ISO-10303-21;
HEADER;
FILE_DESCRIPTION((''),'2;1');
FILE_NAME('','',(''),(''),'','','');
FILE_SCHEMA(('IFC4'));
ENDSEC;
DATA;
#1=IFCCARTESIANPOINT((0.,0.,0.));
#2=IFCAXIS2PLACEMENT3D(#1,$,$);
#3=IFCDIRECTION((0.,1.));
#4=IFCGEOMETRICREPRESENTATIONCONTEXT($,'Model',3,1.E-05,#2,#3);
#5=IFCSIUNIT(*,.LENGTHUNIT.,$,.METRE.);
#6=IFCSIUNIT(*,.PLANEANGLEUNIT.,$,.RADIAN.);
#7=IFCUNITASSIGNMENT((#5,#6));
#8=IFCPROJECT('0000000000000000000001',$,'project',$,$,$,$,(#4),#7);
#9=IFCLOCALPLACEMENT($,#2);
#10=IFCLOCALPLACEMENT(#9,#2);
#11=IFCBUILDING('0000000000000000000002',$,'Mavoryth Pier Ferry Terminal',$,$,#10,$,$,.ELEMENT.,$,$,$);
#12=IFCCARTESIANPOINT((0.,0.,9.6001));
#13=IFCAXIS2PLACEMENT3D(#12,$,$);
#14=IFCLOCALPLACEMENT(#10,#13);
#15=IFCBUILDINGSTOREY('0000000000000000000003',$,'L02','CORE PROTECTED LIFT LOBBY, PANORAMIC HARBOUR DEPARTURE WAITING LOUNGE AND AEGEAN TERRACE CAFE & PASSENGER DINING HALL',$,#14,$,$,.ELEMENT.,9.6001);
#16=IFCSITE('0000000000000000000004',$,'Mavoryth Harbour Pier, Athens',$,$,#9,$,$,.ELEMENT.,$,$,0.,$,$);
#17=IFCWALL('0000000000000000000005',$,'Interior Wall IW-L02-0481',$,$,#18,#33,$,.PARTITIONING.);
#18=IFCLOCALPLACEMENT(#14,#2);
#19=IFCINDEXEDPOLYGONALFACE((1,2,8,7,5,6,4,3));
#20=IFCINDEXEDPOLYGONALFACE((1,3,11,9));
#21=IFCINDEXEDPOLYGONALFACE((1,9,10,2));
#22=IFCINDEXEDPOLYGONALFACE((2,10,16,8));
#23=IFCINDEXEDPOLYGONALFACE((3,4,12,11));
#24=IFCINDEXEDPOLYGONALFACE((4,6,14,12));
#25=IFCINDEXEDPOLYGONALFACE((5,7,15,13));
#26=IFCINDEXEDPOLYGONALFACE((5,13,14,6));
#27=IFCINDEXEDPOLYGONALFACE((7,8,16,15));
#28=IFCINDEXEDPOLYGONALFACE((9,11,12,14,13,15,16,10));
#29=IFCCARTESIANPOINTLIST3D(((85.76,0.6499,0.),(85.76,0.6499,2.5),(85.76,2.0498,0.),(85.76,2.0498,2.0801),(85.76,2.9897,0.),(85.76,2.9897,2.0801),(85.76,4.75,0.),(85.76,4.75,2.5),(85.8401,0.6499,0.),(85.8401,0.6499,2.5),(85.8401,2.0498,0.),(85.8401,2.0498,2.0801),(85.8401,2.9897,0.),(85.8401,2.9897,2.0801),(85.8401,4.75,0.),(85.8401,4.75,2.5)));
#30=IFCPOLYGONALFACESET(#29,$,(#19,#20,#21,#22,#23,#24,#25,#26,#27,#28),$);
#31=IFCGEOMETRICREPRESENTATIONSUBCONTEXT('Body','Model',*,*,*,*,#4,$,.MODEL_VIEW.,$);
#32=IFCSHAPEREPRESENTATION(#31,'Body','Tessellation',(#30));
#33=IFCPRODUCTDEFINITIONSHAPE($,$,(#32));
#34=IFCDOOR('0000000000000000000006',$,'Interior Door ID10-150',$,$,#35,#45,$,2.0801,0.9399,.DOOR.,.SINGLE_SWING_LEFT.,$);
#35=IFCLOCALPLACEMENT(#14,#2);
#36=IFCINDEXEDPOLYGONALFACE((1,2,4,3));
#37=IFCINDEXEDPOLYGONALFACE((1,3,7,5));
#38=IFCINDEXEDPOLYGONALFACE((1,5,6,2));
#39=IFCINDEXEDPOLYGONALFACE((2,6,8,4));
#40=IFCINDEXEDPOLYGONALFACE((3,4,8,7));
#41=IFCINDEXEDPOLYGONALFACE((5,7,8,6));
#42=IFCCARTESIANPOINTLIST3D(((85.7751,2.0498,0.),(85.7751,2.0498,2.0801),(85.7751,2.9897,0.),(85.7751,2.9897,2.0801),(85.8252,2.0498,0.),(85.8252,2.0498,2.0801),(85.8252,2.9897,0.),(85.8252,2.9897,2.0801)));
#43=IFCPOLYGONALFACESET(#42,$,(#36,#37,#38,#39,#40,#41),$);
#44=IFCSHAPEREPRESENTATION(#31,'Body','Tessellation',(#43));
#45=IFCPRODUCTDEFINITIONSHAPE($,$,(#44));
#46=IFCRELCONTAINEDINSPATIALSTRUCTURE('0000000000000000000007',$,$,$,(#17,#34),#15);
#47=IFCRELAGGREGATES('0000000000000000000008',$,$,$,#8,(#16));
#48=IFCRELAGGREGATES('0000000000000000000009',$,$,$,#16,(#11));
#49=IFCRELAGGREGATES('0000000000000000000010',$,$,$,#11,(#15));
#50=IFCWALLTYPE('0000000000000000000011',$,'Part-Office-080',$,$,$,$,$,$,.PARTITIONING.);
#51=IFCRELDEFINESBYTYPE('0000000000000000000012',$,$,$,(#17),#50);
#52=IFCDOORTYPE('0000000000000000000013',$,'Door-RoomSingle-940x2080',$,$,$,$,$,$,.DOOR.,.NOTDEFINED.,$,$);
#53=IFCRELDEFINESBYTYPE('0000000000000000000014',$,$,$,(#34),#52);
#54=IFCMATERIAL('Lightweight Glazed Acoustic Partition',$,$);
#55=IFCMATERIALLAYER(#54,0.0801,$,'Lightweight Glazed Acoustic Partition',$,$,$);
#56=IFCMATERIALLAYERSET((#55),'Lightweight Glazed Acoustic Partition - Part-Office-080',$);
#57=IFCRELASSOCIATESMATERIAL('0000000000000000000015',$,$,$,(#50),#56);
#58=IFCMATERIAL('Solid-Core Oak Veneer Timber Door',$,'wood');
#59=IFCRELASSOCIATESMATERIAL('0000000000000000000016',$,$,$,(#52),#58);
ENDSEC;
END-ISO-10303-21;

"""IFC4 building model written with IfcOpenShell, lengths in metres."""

from ifc_helpers import new_model, si_unit, direction, frame, frame_2d, origin, place, context, subcontext, project, spatial, rectangle, extrude, material, layer, layer_set, type_object, element, fill, save


model = new_model("IFC4")

# Units and contexts
model_context = context("Model", 3, precision=1e-05, world=origin(), true_north=direction((0.0, 1.0)))
body_context = subcontext(model_context, "Body", "Model", "MODEL_VIEW")
ifc_project = project(units=[si_unit("LENGTHUNIT", "METRE"), si_unit("PLANEANGLEUNIT", "RADIAN")], contexts=[model_context])

# Site, building, storey
site_placement = place(None, origin())
site = spatial("IfcSite", under=ifc_project, at=site_placement, Name="Mavoryth Harbour Pier, Athens", CompositionType="ELEMENT", RefElevation=0.0)
building_placement = place(site_placement, origin())
building = spatial("IfcBuilding", under=site, at=building_placement, Name="Mavoryth Pier Ferry Terminal", CompositionType="ELEMENT")
storey_placement = place(building_placement, frame((0.0, 0.0, 9.6001)))
storey = spatial("IfcBuildingStorey", under=building, at=storey_placement, Name="L02", Description="CORE PROTECTED LIFT LOBBY, PANORAMIC HARBOUR DEPARTURE WAITING LOUNGE AND AEGEAN TERRACE CAFE & PASSENGER DINING HALL", CompositionType="ELEMENT", Elevation=9.6001)

# Wall, opening, door
ifc_material_1 = material(Name="Solid-Core Oak Veneer Timber Door", Category="wood")
ifc_material_2 = material(Name="Lightweight Glazed Acoustic Partition")
ifc_layer_1 = layer(ifc_material_2, 0.0801, Name="Lightweight Glazed Acoustic Partition")
ifc_layer_set_1 = layer_set([ifc_layer_1], Name="Lightweight Glazed Acoustic Partition - Part-Office-080")
wall_type_1 = type_object("IfcWallType", Name="Part-Office-080", PredefinedType="PARTITIONING", material=ifc_layer_set_1)
wall_1_placement = place(storey_placement, frame((85.8, 0.6499, 0.0), z_axis=(0.0, 0.0, 1.0), x_axis=(0.0, 1.0, 0.0)))
wall_1 = element("IfcWall", 1, at=wall_1_placement, inside=storey, type_object=wall_type_1, Name="Interior Wall IW-L02-0481", PredefinedType="PARTITIONING", context=body_context, shape_type="SweptSolid", body=[
    extrude(rectangle(XDim=4.1001, YDim=0.0801, at=frame_2d((2.05, 0.0))), origin(), (0.0, 0.0, 1.0), 2.5),
])
opening_1_placement = place(wall_1_placement, frame((1.3999, 0.0, 0.0)))
opening_1 = element("IfcOpeningElement", 2, at=opening_1_placement, cuts=wall_1, PredefinedType="OPENING", context=body_context, shape_type="SweptSolid", body=[
    extrude(rectangle(XDim=0.9399, YDim=2.0801, at=frame_2d((0.47, 1.04))), frame((0.0, 0.05, 0.0), z_axis=(0.0, -1.0, 0.0), x_axis=(1.0, 0.0, 0.0)), (0.0, 0.0, 1.0), 0.1001),
])
door_type_1 = type_object("IfcDoorType", Name="Door-RoomSingle-940x2080", OperationType="NOTDEFINED", PredefinedType="DOOR", material=ifc_material_1)
door_1_placement = place(opening_1_placement, origin())
door_1 = element("IfcDoor", 3, at=door_1_placement, inside=storey, type_object=door_type_1, Name="Interior Door ID10-150", OperationType="SINGLE_SWING_LEFT", OverallHeight=2.0801, OverallWidth=0.9399, PredefinedType="DOOR", context=body_context, shape_type="SweptSolid", body=[
    extrude(rectangle(XDim=0.9399, YDim=2.0801, at=frame_2d((0.47, 1.04))), frame((0.0, 0.0249, 0.0), z_axis=(0.0, -1.0, 0.0), x_axis=(1.0, 0.0, 0.0)), (0.0, 0.0, 1.0), 0.05),
])
fill(opening_1, door_1)

save(model, "model.ifc")
